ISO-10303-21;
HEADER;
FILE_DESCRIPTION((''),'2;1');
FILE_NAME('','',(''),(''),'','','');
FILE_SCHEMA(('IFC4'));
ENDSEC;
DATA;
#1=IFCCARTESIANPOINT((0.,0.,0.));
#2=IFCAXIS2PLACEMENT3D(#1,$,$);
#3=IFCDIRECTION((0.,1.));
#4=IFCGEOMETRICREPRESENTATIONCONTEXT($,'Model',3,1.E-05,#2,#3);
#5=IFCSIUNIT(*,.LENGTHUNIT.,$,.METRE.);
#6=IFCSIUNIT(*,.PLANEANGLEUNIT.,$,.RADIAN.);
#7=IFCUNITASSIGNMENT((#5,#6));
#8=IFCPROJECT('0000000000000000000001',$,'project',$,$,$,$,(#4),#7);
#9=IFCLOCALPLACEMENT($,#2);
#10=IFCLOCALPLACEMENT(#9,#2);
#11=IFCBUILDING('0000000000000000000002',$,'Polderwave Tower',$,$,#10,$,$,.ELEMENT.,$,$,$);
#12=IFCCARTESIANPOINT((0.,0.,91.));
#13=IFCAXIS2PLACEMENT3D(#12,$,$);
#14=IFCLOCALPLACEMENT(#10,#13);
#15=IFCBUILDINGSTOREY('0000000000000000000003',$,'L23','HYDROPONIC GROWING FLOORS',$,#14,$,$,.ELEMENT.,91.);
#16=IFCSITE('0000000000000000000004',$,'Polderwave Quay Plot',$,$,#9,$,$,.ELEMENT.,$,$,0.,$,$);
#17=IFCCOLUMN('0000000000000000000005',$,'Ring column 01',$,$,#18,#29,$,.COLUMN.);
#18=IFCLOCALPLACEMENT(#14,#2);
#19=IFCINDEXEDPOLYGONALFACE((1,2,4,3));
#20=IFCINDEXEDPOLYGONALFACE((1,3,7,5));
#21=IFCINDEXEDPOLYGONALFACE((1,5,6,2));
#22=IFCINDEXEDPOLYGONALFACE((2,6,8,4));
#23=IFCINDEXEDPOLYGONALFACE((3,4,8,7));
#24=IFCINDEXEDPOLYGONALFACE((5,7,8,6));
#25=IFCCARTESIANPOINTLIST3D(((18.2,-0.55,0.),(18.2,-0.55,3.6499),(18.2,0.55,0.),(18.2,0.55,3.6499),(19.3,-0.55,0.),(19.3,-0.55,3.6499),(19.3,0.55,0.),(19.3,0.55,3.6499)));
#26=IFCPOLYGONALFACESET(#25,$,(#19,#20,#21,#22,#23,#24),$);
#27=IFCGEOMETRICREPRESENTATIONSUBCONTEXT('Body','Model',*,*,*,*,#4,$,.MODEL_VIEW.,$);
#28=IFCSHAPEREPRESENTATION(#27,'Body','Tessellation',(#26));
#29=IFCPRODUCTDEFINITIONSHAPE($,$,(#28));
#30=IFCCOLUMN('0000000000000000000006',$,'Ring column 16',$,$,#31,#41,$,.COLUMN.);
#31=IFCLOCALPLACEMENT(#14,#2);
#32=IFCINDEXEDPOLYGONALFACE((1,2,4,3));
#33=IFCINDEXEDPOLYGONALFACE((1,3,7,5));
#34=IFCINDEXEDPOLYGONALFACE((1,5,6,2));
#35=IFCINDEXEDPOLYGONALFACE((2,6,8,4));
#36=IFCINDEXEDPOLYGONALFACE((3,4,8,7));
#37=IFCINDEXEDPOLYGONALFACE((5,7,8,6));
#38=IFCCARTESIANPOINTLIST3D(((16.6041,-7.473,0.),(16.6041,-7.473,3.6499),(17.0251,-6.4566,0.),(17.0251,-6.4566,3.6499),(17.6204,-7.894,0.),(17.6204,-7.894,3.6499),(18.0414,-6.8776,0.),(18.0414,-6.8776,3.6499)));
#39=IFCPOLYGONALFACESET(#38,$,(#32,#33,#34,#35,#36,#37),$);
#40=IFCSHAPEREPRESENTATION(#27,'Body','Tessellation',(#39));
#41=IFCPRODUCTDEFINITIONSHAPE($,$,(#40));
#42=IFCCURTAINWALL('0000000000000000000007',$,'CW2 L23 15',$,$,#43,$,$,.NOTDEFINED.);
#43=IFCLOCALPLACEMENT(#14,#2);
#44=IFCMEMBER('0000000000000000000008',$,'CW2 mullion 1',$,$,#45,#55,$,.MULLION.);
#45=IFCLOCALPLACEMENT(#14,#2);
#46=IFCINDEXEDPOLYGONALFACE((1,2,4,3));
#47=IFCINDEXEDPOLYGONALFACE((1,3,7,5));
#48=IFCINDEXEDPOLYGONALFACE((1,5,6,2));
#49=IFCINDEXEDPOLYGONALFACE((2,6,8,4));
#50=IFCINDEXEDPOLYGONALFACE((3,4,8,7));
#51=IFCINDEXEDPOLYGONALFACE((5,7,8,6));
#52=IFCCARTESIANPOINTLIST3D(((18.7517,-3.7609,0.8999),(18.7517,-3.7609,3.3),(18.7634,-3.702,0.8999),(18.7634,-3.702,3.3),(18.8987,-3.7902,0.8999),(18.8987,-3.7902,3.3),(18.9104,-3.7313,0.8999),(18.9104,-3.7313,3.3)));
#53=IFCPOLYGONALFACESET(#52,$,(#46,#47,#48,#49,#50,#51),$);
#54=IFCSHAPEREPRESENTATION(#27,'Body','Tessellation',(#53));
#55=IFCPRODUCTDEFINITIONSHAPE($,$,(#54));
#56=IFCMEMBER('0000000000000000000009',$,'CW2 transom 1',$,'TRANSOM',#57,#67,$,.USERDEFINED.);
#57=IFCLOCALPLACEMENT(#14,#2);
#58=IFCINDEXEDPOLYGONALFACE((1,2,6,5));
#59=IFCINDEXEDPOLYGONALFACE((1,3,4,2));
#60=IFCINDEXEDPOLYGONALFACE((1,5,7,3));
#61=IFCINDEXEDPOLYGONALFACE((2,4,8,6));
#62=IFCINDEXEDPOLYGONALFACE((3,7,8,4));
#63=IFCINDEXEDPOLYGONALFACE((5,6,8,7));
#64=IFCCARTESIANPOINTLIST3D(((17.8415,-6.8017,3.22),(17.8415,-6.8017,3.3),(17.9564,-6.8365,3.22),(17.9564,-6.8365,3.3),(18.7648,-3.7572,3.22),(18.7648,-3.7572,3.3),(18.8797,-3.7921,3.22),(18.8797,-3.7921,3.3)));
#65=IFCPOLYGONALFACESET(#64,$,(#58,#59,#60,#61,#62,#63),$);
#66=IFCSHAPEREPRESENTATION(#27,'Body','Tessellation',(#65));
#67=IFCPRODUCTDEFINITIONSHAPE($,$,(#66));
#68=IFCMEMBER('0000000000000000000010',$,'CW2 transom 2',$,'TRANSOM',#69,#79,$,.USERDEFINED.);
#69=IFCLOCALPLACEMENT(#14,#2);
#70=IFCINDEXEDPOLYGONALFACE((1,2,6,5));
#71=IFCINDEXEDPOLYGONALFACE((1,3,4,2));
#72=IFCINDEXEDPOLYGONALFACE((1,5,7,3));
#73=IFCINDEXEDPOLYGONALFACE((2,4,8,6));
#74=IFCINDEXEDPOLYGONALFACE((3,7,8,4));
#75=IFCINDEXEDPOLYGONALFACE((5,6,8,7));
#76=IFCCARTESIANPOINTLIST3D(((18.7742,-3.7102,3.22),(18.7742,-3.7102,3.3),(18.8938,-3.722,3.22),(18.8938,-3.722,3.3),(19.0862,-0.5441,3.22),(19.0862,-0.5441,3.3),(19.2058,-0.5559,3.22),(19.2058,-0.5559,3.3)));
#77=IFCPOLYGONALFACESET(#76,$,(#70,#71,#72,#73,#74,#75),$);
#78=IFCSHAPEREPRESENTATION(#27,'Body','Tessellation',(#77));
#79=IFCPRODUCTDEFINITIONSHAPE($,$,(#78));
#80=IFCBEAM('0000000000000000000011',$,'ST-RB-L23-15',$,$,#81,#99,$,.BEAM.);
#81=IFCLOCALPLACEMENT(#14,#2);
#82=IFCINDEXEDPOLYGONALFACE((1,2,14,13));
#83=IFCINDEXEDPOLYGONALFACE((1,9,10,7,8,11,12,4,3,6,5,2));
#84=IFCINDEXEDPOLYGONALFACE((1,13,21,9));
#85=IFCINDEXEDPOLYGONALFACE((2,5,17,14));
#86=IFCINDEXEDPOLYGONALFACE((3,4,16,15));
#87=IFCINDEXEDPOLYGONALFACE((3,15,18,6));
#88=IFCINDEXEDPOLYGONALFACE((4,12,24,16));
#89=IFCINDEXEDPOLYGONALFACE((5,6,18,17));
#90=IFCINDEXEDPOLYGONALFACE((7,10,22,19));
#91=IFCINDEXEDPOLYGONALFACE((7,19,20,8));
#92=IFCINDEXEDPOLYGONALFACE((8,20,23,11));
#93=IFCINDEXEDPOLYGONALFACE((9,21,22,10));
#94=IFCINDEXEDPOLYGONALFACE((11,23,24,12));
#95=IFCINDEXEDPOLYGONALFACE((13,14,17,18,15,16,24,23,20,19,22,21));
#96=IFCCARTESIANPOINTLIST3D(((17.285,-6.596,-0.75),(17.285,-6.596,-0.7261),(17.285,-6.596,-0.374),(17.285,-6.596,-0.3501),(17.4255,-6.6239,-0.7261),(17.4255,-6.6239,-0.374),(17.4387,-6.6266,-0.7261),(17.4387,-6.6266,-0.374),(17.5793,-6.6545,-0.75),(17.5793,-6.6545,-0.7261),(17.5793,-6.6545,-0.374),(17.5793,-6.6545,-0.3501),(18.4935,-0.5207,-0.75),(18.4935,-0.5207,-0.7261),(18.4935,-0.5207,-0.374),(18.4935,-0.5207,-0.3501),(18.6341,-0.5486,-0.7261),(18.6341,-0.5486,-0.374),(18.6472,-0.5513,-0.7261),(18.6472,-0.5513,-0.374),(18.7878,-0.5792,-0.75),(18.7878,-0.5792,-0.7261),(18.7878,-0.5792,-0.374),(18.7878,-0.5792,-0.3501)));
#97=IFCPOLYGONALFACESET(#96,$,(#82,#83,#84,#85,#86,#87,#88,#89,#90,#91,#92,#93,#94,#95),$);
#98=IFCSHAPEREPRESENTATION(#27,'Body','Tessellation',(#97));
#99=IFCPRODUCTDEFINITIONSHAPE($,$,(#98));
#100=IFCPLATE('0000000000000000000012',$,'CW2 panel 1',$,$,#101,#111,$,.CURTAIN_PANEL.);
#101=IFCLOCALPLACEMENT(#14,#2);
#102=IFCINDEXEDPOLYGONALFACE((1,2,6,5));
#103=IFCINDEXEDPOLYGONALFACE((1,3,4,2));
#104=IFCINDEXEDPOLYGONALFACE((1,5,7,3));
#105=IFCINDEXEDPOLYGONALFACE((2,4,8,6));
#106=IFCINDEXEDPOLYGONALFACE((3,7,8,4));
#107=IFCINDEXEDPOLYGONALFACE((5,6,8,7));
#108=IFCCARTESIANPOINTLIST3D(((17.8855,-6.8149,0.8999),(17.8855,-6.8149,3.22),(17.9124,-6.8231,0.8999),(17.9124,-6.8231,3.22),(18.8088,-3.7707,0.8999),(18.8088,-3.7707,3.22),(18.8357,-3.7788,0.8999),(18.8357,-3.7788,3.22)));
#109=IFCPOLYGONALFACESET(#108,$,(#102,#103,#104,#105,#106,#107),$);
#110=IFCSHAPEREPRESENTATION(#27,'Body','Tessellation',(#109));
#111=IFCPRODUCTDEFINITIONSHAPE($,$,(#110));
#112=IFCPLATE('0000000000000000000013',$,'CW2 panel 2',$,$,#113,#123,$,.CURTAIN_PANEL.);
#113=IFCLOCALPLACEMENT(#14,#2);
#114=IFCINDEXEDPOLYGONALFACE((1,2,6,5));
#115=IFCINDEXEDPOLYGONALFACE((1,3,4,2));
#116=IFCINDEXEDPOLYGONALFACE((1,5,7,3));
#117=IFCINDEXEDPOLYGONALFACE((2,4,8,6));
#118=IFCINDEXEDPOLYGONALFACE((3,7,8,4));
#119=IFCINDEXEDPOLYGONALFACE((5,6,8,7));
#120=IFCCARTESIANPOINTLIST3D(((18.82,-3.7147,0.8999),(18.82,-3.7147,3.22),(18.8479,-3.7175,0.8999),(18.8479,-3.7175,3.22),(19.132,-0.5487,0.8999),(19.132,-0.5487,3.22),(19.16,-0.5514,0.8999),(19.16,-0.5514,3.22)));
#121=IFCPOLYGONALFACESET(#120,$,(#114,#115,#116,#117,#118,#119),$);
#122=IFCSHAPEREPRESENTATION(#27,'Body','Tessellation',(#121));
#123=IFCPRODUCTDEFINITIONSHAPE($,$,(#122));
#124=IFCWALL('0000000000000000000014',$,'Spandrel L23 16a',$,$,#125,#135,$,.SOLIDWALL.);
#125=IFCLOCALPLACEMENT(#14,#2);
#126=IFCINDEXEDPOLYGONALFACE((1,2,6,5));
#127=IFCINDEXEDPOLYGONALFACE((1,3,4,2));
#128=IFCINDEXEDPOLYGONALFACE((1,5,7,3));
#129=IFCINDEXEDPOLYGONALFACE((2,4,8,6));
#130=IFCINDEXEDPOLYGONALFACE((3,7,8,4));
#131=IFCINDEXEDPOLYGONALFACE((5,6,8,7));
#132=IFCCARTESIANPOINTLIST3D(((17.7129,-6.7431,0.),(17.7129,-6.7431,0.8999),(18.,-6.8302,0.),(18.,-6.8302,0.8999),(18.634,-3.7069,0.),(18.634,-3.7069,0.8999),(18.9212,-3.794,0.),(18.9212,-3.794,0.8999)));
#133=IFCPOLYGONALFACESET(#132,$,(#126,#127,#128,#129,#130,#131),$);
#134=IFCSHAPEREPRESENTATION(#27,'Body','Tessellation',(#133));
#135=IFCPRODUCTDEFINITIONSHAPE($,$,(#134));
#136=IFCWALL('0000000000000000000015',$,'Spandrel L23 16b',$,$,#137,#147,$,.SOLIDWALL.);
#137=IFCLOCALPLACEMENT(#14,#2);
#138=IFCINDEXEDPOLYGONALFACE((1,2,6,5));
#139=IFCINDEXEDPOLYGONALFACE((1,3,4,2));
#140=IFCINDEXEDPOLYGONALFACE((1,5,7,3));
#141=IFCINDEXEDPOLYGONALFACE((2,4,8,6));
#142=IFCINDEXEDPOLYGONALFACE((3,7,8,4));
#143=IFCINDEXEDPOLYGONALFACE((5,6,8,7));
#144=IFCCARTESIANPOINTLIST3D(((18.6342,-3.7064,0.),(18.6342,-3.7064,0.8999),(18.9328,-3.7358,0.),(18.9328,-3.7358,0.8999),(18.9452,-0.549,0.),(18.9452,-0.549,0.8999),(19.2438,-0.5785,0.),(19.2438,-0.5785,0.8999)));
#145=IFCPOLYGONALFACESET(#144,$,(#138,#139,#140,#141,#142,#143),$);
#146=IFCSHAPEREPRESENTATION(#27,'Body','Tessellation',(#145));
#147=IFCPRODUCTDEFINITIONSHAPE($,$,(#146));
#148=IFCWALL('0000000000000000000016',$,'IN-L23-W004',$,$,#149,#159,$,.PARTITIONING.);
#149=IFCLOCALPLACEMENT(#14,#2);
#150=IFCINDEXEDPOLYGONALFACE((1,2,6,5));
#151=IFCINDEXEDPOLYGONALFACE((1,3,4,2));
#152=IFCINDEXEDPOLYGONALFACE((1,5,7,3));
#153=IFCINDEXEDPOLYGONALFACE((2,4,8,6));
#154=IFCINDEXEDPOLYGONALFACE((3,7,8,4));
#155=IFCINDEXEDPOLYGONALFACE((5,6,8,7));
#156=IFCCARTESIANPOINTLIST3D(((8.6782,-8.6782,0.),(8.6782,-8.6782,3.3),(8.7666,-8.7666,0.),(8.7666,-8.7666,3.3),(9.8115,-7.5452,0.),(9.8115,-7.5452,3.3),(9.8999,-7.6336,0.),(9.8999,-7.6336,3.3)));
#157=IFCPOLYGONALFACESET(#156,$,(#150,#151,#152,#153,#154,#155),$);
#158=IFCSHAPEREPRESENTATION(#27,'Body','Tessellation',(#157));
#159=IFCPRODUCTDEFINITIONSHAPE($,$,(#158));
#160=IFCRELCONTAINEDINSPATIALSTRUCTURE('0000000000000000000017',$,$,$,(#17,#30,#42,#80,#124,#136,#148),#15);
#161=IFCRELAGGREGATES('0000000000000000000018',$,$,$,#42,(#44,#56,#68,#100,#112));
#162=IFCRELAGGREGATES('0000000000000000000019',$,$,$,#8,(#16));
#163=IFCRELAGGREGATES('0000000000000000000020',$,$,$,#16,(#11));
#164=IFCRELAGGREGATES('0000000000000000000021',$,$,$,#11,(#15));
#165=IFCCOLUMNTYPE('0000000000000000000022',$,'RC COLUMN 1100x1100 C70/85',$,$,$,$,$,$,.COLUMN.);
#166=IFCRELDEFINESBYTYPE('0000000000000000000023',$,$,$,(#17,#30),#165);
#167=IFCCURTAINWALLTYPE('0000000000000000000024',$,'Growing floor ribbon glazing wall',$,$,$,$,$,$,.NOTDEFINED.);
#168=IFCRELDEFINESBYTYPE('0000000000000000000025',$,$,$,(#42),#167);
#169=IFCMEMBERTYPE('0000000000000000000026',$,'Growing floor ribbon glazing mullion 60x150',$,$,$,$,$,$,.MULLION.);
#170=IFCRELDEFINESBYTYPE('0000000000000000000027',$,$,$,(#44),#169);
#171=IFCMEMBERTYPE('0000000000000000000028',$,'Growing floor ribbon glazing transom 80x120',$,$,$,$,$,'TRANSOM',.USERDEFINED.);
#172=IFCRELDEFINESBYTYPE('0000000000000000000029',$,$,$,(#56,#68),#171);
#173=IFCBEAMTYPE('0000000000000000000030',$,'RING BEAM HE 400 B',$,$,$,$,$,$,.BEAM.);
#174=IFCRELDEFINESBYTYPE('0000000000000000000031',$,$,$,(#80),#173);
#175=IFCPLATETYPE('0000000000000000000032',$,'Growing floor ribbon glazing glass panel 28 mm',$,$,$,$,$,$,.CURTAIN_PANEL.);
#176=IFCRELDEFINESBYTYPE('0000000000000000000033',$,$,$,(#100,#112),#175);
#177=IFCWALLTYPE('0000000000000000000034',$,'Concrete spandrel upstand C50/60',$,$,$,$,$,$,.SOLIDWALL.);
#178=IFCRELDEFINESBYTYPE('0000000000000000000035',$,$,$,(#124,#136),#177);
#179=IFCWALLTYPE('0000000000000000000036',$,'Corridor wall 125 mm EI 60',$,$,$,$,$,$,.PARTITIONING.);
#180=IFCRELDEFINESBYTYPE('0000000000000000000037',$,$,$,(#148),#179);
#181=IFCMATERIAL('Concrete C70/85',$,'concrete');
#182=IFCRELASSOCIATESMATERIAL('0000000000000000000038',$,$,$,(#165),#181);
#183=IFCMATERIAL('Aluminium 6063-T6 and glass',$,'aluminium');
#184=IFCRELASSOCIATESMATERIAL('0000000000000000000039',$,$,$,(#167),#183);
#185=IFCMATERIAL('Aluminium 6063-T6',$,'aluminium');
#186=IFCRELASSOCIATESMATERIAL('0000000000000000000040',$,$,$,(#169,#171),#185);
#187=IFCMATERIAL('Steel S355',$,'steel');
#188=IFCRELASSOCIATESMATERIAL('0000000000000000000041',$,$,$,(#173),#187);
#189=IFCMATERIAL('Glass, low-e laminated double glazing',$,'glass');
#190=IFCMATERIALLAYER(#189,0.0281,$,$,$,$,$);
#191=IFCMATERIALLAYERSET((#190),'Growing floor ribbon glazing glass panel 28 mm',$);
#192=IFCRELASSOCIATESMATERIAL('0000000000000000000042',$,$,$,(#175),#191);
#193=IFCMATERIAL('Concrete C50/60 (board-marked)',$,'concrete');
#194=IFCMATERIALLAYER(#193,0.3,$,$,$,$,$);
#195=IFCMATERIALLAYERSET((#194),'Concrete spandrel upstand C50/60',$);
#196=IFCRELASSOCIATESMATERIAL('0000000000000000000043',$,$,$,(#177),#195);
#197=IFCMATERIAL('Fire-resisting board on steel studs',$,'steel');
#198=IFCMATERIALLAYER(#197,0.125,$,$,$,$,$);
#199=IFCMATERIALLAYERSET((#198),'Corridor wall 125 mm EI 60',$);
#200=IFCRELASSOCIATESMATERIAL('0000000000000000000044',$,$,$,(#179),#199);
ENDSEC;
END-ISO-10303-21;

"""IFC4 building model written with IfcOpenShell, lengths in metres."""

from ifc_helpers import new_model, si_unit, direction, frame, frame_2d, origin, origin_2d, place, context, subcontext, project, spatial, rectangle, i_section, extrude, material, layer, layer_set, material_profile, profile_set, type_object, element, aggregate, save


model = new_model("IFC4")

# Units and contexts
model_context = context("Model", 3, precision=1e-05, world=origin(), true_north=direction((0.0, 1.0)))
body_context = subcontext(model_context, "Body", "Model", "MODEL_VIEW")
ifc_project = project(units=[si_unit("LENGTHUNIT", "METRE"), si_unit("PLANEANGLEUNIT", "RADIAN")], contexts=[model_context])

# Site, building, storey
site_placement = place(None, origin())
site = spatial("IfcSite", under=ifc_project, at=site_placement, Name="Polderwave Quay Plot", CompositionType="ELEMENT", RefElevation=0.0)
building_placement = place(site_placement, origin())
building = spatial("IfcBuilding", under=site, at=building_placement, Name="Polderwave Tower", CompositionType="ELEMENT")
storey_placement = place(building_placement, frame((0.0, 0.0, 91.0)))
storey = spatial("IfcBuildingStorey", under=building, at=storey_placement, Name="L23", Description="HYDROPONIC GROWING FLOORS", CompositionType="ELEMENT", Elevation=91.0)

# Columns
ifc_material_1 = material(Name="Concrete C70/85", Category="concrete")
ifc_material_profile_1 = material_profile(ifc_material_1, rectangle(XDim=1.1001, YDim=1.1001, at=origin_2d()), Name="RC 1100x1100")
ifc_profile_set_1 = profile_set([ifc_material_profile_1], Name="Concrete C70/85")
column_type = type_object("IfcColumnType", Name="RC COLUMN 1100x1100 C70/85", PredefinedType="COLUMN", material=ifc_profile_set_1)
for number, where, z_axis, x_axis, name in (
    (1, (18.75, 0.0, 0.0), (0.0, 0.0, 1.0), (1.0, 0.0, 0.0), "Ring column 01"),
    (2, (17.3228, -7.1753, 0.0), (0.0, 0.0, 1.0), (0.92388, -0.382683, 0.0), "Ring column 16"),
):
    element("IfcColumn", number, at=place(storey_placement, frame(where, z_axis=z_axis, x_axis=x_axis)), inside=storey, type_object=column_type, Name=name, PredefinedType="COLUMN", context=body_context, shape_type="SweptSolid", body=[
        extrude(rectangle(XDim=1.1001, YDim=1.1001, at=origin_2d()), origin(), (0.0, 0.0, 1.0), 3.6499),
    ])

# Curtain wall, members
ifc_material_2 = material(Name="Aluminium 6063-T6 and glass", Category="aluminium")
curtain_wall_type = type_object("IfcCurtainWallType", Name="Growing floor ribbon glazing wall", PredefinedType="NOTDEFINED", material=ifc_material_2)
curtain_wall_placement = place(storey_placement, origin())
curtain_wall = element("IfcCurtainWall", 3, at=curtain_wall_placement, inside=storey, type_object=curtain_wall_type, Name="CW2 L23 15", PredefinedType="NOTDEFINED")
ifc_material_3 = material(Name="Aluminium 6063-T6", Category="aluminium")
ifc_material_profile_2 = material_profile(ifc_material_3, rectangle(XDim=0.1499, YDim=0.0601, at=origin_2d()), Name="AL 60x150")
ifc_profile_set_2 = profile_set([ifc_material_profile_2], Name="Aluminium 6063-T6")
member_type_1 = type_object("IfcMemberType", Name="Growing floor ribbon glazing mullion 60x150", PredefinedType="MULLION", material=ifc_profile_set_2)
member_1_placement = place(storey_placement, frame((18.8311, -3.7461, 0.8999), z_axis=(0.0, 0.0, 1.0), x_axis=(-0.980784, 0.195097, 0.0)))
member_1 = element("IfcMember", 4, at=member_1_placement, type_object=member_type_1, Name="CW2 mullion 1", PredefinedType="MULLION", context=body_context, shape_type="SweptSolid", body=[
    extrude(rectangle(XDim=0.1499, YDim=0.0601, at=origin_2d()), origin(), (0.0, 0.0, 1.0), 2.4001),
])
ifc_material_profile_3 = material_profile(ifc_material_3, rectangle(XDim=0.1201, YDim=0.0801, at=origin_2d()), Name="AL 80x120")
ifc_profile_set_3 = profile_set([ifc_material_profile_3], Name="Aluminium 6063-T6")
member_type_2 = type_object("IfcMemberType", Name="Growing floor ribbon glazing transom 80x120", ElementType="TRANSOM", PredefinedType="USERDEFINED", material=ifc_profile_set_3)
member_2_placement = place(storey_placement, frame((17.8989, -6.8191, 3.26), z_axis=(0.290233, 0.956956, 0.0), x_axis=(-0.956956, 0.290233, 0.0)))
member_2 = element("IfcMember", 5, at=member_2_placement, type_object=member_type_2, Name="CW2 transom 1", ObjectType="TRANSOM", PredefinedType="USERDEFINED", context=body_context, shape_type="SweptSolid", body=[
    extrude(rectangle(XDim=0.1201, YDim=0.0801, at=origin_2d()), origin(), (0.0, 0.0, 1.0), 3.1814),
])
member_3_placement = place(storey_placement, frame((18.834, -3.7161, 3.26), z_axis=(0.098075, 0.995179, 0.0), x_axis=(-0.995179, 0.098075, 0.0)))
member_3 = element("IfcMember", 6, at=member_3_placement, type_object=member_type_2, Name="CW2 transom 2", ObjectType="TRANSOM", PredefinedType="USERDEFINED", context=body_context, shape_type="SweptSolid", body=[
    extrude(rectangle(XDim=0.1201, YDim=0.0801, at=origin_2d()), origin(), (0.0, 0.0, 1.0), 3.1814),
])

# Beam
ifc_material_4 = material(Name="Steel S355", Category="steel")
ifc_material_profile_4 = material_profile(ifc_material_4, i_section(OverallWidth=0.3, OverallDepth=0.3999, WebThickness=0.0134, FlangeThickness=0.0239, at=origin_2d()), Name="HE 400 B")
ifc_profile_set_4 = profile_set([ifc_material_profile_4], Name="Steel S355")
beam_type = type_object("IfcBeamType", Name="RING BEAM HE 400 B", PredefinedType="BEAM", material=ifc_profile_set_4)
beam_placement = place(storey_placement, frame((17.4321, -6.6252, -0.55), z_axis=(0.1951, 0.980783, 0.0), x_axis=(-0.980783, 0.1951, 0.0)))
element("IfcBeam", 7, at=beam_placement, inside=storey, type_object=beam_type, Name="ST-RB-L23-15", PredefinedType="BEAM", context=body_context, shape_type="SweptSolid", body=[
    extrude(i_section(OverallWidth=0.3, OverallDepth=0.3999, WebThickness=0.0134, FlangeThickness=0.0239, at=origin_2d()), origin(), (0.0, 0.0, 1.0), 6.1943),
])

# Plates
ifc_material_5 = material(Name="Glass, low-e laminated double glazing", Category="glass")
ifc_layer_1 = layer(ifc_material_5, 0.0281)
ifc_layer_set_1 = layer_set([ifc_layer_1], Name="Growing floor ribbon glazing glass panel 28 mm")
plate_type = type_object("IfcPlateType", Name="Growing floor ribbon glazing glass panel 28 mm", PredefinedType="CURTAIN_PANEL", material=ifc_layer_set_1)
plate_1_placement = place(storey_placement, frame((18.3606, -5.2969, 0.8999), z_axis=(0.0, 0.0, 1.0), x_axis=(0.290233, 0.956956, 0.0)))
plate_1 = element("IfcPlate", 8, at=plate_1_placement, type_object=plate_type, Name="CW2 panel 1", PredefinedType="CURTAIN_PANEL", context=body_context, shape_type="SweptSolid", body=[
    extrude(rectangle(XDim=3.1812, YDim=0.0281, at=origin_2d()), origin(), (0.0, 0.0, 1.0), 2.3201),
])
plate_2_placement = place(storey_placement, frame((18.99, -2.1331, 0.8999), z_axis=(0.0, 0.0, 1.0), x_axis=(0.098085, 0.995178, 0.0)))
plate_2 = element("IfcPlate", 9, at=plate_2_placement, type_object=plate_type, Name="CW2 panel 2", PredefinedType="CURTAIN_PANEL", context=body_context, shape_type="SweptSolid", body=[
    extrude(rectangle(XDim=3.1814, YDim=0.0281, at=origin_2d()), origin(), (0.0, 0.0, 1.0), 2.3201),
])
aggregate(curtain_wall, [member_1, member_2, member_3, plate_1, plate_2])

# Walls
ifc_material_6 = material(Name="Concrete C50/60 (board-marked)", Category="concrete")
ifc_layer_2 = layer(ifc_material_6, 0.3)
ifc_layer_set_2 = layer_set([ifc_layer_2], Name="Concrete spandrel upstand C50/60")
wall_type_1 = type_object("IfcWallType", Name="Concrete spandrel upstand C50/60", PredefinedType="SOLIDWALL", material=ifc_layer_set_2)
wall_1_placement = place(storey_placement, frame((17.8564, -6.7866, 0.0), z_axis=(0.0, 0.0, 1.0), x_axis=(0.290326, 0.956928, 0.0)))
element("IfcWall", 10, at=wall_1_placement, inside=storey, type_object=wall_type_1, Name="Spandrel L23 16a", PredefinedType="SOLIDWALL", context=body_context, shape_type="SweptSolid", body=[
    extrude(rectangle(XDim=3.1729, YDim=0.3, at=frame_2d((1.5864, 0.0))), origin(), (0.0, 0.0, 1.0), 0.8999),
])
wall_2_placement = place(storey_placement, frame((18.7834, -3.7212, 0.0), z_axis=(0.0, 0.0, 1.0), x_axis=(0.098041, 0.995182, 0.0)))
element("IfcWall", 11, at=wall_2_placement, inside=storey, type_object=wall_type_1, Name="Spandrel L23 16b", PredefinedType="SOLIDWALL", context=body_context, shape_type="SweptSolid", body=[
    extrude(rectangle(XDim=3.1726, YDim=0.3, at=frame_2d((1.5864, 0.0))), origin(), (0.0, 0.0, 1.0), 0.8999),
])
ifc_material_7 = material(Name="Fire-resisting board on steel studs", Category="steel")
ifc_layer_3 = layer(ifc_material_7, 0.125)
ifc_layer_set_3 = layer_set([ifc_layer_3], Name="Corridor wall 125 mm EI 60")
wall_type_2 = type_object("IfcWallType", Name="Corridor wall 125 mm EI 60", PredefinedType="PARTITIONING", material=ifc_layer_set_3)
wall_3_placement = place(storey_placement, frame((9.8557, -7.5894, 0.0), z_axis=(0.0, 0.0, 1.0), x_axis=(-0.707183, -0.707031, 0.0)))
element("IfcWall", 12, at=wall_3_placement, inside=storey, type_object=wall_type_2, Name="IN-L23-W004", PredefinedType="PARTITIONING", context=body_context, shape_type="SweptSolid", body=[
    extrude(rectangle(XDim=1.6025, YDim=0.125, at=frame_2d((0.8013, 0.0))), origin(), (0.0, 0.0, 1.0), 3.3),
])

save(model, "model.ifc")
